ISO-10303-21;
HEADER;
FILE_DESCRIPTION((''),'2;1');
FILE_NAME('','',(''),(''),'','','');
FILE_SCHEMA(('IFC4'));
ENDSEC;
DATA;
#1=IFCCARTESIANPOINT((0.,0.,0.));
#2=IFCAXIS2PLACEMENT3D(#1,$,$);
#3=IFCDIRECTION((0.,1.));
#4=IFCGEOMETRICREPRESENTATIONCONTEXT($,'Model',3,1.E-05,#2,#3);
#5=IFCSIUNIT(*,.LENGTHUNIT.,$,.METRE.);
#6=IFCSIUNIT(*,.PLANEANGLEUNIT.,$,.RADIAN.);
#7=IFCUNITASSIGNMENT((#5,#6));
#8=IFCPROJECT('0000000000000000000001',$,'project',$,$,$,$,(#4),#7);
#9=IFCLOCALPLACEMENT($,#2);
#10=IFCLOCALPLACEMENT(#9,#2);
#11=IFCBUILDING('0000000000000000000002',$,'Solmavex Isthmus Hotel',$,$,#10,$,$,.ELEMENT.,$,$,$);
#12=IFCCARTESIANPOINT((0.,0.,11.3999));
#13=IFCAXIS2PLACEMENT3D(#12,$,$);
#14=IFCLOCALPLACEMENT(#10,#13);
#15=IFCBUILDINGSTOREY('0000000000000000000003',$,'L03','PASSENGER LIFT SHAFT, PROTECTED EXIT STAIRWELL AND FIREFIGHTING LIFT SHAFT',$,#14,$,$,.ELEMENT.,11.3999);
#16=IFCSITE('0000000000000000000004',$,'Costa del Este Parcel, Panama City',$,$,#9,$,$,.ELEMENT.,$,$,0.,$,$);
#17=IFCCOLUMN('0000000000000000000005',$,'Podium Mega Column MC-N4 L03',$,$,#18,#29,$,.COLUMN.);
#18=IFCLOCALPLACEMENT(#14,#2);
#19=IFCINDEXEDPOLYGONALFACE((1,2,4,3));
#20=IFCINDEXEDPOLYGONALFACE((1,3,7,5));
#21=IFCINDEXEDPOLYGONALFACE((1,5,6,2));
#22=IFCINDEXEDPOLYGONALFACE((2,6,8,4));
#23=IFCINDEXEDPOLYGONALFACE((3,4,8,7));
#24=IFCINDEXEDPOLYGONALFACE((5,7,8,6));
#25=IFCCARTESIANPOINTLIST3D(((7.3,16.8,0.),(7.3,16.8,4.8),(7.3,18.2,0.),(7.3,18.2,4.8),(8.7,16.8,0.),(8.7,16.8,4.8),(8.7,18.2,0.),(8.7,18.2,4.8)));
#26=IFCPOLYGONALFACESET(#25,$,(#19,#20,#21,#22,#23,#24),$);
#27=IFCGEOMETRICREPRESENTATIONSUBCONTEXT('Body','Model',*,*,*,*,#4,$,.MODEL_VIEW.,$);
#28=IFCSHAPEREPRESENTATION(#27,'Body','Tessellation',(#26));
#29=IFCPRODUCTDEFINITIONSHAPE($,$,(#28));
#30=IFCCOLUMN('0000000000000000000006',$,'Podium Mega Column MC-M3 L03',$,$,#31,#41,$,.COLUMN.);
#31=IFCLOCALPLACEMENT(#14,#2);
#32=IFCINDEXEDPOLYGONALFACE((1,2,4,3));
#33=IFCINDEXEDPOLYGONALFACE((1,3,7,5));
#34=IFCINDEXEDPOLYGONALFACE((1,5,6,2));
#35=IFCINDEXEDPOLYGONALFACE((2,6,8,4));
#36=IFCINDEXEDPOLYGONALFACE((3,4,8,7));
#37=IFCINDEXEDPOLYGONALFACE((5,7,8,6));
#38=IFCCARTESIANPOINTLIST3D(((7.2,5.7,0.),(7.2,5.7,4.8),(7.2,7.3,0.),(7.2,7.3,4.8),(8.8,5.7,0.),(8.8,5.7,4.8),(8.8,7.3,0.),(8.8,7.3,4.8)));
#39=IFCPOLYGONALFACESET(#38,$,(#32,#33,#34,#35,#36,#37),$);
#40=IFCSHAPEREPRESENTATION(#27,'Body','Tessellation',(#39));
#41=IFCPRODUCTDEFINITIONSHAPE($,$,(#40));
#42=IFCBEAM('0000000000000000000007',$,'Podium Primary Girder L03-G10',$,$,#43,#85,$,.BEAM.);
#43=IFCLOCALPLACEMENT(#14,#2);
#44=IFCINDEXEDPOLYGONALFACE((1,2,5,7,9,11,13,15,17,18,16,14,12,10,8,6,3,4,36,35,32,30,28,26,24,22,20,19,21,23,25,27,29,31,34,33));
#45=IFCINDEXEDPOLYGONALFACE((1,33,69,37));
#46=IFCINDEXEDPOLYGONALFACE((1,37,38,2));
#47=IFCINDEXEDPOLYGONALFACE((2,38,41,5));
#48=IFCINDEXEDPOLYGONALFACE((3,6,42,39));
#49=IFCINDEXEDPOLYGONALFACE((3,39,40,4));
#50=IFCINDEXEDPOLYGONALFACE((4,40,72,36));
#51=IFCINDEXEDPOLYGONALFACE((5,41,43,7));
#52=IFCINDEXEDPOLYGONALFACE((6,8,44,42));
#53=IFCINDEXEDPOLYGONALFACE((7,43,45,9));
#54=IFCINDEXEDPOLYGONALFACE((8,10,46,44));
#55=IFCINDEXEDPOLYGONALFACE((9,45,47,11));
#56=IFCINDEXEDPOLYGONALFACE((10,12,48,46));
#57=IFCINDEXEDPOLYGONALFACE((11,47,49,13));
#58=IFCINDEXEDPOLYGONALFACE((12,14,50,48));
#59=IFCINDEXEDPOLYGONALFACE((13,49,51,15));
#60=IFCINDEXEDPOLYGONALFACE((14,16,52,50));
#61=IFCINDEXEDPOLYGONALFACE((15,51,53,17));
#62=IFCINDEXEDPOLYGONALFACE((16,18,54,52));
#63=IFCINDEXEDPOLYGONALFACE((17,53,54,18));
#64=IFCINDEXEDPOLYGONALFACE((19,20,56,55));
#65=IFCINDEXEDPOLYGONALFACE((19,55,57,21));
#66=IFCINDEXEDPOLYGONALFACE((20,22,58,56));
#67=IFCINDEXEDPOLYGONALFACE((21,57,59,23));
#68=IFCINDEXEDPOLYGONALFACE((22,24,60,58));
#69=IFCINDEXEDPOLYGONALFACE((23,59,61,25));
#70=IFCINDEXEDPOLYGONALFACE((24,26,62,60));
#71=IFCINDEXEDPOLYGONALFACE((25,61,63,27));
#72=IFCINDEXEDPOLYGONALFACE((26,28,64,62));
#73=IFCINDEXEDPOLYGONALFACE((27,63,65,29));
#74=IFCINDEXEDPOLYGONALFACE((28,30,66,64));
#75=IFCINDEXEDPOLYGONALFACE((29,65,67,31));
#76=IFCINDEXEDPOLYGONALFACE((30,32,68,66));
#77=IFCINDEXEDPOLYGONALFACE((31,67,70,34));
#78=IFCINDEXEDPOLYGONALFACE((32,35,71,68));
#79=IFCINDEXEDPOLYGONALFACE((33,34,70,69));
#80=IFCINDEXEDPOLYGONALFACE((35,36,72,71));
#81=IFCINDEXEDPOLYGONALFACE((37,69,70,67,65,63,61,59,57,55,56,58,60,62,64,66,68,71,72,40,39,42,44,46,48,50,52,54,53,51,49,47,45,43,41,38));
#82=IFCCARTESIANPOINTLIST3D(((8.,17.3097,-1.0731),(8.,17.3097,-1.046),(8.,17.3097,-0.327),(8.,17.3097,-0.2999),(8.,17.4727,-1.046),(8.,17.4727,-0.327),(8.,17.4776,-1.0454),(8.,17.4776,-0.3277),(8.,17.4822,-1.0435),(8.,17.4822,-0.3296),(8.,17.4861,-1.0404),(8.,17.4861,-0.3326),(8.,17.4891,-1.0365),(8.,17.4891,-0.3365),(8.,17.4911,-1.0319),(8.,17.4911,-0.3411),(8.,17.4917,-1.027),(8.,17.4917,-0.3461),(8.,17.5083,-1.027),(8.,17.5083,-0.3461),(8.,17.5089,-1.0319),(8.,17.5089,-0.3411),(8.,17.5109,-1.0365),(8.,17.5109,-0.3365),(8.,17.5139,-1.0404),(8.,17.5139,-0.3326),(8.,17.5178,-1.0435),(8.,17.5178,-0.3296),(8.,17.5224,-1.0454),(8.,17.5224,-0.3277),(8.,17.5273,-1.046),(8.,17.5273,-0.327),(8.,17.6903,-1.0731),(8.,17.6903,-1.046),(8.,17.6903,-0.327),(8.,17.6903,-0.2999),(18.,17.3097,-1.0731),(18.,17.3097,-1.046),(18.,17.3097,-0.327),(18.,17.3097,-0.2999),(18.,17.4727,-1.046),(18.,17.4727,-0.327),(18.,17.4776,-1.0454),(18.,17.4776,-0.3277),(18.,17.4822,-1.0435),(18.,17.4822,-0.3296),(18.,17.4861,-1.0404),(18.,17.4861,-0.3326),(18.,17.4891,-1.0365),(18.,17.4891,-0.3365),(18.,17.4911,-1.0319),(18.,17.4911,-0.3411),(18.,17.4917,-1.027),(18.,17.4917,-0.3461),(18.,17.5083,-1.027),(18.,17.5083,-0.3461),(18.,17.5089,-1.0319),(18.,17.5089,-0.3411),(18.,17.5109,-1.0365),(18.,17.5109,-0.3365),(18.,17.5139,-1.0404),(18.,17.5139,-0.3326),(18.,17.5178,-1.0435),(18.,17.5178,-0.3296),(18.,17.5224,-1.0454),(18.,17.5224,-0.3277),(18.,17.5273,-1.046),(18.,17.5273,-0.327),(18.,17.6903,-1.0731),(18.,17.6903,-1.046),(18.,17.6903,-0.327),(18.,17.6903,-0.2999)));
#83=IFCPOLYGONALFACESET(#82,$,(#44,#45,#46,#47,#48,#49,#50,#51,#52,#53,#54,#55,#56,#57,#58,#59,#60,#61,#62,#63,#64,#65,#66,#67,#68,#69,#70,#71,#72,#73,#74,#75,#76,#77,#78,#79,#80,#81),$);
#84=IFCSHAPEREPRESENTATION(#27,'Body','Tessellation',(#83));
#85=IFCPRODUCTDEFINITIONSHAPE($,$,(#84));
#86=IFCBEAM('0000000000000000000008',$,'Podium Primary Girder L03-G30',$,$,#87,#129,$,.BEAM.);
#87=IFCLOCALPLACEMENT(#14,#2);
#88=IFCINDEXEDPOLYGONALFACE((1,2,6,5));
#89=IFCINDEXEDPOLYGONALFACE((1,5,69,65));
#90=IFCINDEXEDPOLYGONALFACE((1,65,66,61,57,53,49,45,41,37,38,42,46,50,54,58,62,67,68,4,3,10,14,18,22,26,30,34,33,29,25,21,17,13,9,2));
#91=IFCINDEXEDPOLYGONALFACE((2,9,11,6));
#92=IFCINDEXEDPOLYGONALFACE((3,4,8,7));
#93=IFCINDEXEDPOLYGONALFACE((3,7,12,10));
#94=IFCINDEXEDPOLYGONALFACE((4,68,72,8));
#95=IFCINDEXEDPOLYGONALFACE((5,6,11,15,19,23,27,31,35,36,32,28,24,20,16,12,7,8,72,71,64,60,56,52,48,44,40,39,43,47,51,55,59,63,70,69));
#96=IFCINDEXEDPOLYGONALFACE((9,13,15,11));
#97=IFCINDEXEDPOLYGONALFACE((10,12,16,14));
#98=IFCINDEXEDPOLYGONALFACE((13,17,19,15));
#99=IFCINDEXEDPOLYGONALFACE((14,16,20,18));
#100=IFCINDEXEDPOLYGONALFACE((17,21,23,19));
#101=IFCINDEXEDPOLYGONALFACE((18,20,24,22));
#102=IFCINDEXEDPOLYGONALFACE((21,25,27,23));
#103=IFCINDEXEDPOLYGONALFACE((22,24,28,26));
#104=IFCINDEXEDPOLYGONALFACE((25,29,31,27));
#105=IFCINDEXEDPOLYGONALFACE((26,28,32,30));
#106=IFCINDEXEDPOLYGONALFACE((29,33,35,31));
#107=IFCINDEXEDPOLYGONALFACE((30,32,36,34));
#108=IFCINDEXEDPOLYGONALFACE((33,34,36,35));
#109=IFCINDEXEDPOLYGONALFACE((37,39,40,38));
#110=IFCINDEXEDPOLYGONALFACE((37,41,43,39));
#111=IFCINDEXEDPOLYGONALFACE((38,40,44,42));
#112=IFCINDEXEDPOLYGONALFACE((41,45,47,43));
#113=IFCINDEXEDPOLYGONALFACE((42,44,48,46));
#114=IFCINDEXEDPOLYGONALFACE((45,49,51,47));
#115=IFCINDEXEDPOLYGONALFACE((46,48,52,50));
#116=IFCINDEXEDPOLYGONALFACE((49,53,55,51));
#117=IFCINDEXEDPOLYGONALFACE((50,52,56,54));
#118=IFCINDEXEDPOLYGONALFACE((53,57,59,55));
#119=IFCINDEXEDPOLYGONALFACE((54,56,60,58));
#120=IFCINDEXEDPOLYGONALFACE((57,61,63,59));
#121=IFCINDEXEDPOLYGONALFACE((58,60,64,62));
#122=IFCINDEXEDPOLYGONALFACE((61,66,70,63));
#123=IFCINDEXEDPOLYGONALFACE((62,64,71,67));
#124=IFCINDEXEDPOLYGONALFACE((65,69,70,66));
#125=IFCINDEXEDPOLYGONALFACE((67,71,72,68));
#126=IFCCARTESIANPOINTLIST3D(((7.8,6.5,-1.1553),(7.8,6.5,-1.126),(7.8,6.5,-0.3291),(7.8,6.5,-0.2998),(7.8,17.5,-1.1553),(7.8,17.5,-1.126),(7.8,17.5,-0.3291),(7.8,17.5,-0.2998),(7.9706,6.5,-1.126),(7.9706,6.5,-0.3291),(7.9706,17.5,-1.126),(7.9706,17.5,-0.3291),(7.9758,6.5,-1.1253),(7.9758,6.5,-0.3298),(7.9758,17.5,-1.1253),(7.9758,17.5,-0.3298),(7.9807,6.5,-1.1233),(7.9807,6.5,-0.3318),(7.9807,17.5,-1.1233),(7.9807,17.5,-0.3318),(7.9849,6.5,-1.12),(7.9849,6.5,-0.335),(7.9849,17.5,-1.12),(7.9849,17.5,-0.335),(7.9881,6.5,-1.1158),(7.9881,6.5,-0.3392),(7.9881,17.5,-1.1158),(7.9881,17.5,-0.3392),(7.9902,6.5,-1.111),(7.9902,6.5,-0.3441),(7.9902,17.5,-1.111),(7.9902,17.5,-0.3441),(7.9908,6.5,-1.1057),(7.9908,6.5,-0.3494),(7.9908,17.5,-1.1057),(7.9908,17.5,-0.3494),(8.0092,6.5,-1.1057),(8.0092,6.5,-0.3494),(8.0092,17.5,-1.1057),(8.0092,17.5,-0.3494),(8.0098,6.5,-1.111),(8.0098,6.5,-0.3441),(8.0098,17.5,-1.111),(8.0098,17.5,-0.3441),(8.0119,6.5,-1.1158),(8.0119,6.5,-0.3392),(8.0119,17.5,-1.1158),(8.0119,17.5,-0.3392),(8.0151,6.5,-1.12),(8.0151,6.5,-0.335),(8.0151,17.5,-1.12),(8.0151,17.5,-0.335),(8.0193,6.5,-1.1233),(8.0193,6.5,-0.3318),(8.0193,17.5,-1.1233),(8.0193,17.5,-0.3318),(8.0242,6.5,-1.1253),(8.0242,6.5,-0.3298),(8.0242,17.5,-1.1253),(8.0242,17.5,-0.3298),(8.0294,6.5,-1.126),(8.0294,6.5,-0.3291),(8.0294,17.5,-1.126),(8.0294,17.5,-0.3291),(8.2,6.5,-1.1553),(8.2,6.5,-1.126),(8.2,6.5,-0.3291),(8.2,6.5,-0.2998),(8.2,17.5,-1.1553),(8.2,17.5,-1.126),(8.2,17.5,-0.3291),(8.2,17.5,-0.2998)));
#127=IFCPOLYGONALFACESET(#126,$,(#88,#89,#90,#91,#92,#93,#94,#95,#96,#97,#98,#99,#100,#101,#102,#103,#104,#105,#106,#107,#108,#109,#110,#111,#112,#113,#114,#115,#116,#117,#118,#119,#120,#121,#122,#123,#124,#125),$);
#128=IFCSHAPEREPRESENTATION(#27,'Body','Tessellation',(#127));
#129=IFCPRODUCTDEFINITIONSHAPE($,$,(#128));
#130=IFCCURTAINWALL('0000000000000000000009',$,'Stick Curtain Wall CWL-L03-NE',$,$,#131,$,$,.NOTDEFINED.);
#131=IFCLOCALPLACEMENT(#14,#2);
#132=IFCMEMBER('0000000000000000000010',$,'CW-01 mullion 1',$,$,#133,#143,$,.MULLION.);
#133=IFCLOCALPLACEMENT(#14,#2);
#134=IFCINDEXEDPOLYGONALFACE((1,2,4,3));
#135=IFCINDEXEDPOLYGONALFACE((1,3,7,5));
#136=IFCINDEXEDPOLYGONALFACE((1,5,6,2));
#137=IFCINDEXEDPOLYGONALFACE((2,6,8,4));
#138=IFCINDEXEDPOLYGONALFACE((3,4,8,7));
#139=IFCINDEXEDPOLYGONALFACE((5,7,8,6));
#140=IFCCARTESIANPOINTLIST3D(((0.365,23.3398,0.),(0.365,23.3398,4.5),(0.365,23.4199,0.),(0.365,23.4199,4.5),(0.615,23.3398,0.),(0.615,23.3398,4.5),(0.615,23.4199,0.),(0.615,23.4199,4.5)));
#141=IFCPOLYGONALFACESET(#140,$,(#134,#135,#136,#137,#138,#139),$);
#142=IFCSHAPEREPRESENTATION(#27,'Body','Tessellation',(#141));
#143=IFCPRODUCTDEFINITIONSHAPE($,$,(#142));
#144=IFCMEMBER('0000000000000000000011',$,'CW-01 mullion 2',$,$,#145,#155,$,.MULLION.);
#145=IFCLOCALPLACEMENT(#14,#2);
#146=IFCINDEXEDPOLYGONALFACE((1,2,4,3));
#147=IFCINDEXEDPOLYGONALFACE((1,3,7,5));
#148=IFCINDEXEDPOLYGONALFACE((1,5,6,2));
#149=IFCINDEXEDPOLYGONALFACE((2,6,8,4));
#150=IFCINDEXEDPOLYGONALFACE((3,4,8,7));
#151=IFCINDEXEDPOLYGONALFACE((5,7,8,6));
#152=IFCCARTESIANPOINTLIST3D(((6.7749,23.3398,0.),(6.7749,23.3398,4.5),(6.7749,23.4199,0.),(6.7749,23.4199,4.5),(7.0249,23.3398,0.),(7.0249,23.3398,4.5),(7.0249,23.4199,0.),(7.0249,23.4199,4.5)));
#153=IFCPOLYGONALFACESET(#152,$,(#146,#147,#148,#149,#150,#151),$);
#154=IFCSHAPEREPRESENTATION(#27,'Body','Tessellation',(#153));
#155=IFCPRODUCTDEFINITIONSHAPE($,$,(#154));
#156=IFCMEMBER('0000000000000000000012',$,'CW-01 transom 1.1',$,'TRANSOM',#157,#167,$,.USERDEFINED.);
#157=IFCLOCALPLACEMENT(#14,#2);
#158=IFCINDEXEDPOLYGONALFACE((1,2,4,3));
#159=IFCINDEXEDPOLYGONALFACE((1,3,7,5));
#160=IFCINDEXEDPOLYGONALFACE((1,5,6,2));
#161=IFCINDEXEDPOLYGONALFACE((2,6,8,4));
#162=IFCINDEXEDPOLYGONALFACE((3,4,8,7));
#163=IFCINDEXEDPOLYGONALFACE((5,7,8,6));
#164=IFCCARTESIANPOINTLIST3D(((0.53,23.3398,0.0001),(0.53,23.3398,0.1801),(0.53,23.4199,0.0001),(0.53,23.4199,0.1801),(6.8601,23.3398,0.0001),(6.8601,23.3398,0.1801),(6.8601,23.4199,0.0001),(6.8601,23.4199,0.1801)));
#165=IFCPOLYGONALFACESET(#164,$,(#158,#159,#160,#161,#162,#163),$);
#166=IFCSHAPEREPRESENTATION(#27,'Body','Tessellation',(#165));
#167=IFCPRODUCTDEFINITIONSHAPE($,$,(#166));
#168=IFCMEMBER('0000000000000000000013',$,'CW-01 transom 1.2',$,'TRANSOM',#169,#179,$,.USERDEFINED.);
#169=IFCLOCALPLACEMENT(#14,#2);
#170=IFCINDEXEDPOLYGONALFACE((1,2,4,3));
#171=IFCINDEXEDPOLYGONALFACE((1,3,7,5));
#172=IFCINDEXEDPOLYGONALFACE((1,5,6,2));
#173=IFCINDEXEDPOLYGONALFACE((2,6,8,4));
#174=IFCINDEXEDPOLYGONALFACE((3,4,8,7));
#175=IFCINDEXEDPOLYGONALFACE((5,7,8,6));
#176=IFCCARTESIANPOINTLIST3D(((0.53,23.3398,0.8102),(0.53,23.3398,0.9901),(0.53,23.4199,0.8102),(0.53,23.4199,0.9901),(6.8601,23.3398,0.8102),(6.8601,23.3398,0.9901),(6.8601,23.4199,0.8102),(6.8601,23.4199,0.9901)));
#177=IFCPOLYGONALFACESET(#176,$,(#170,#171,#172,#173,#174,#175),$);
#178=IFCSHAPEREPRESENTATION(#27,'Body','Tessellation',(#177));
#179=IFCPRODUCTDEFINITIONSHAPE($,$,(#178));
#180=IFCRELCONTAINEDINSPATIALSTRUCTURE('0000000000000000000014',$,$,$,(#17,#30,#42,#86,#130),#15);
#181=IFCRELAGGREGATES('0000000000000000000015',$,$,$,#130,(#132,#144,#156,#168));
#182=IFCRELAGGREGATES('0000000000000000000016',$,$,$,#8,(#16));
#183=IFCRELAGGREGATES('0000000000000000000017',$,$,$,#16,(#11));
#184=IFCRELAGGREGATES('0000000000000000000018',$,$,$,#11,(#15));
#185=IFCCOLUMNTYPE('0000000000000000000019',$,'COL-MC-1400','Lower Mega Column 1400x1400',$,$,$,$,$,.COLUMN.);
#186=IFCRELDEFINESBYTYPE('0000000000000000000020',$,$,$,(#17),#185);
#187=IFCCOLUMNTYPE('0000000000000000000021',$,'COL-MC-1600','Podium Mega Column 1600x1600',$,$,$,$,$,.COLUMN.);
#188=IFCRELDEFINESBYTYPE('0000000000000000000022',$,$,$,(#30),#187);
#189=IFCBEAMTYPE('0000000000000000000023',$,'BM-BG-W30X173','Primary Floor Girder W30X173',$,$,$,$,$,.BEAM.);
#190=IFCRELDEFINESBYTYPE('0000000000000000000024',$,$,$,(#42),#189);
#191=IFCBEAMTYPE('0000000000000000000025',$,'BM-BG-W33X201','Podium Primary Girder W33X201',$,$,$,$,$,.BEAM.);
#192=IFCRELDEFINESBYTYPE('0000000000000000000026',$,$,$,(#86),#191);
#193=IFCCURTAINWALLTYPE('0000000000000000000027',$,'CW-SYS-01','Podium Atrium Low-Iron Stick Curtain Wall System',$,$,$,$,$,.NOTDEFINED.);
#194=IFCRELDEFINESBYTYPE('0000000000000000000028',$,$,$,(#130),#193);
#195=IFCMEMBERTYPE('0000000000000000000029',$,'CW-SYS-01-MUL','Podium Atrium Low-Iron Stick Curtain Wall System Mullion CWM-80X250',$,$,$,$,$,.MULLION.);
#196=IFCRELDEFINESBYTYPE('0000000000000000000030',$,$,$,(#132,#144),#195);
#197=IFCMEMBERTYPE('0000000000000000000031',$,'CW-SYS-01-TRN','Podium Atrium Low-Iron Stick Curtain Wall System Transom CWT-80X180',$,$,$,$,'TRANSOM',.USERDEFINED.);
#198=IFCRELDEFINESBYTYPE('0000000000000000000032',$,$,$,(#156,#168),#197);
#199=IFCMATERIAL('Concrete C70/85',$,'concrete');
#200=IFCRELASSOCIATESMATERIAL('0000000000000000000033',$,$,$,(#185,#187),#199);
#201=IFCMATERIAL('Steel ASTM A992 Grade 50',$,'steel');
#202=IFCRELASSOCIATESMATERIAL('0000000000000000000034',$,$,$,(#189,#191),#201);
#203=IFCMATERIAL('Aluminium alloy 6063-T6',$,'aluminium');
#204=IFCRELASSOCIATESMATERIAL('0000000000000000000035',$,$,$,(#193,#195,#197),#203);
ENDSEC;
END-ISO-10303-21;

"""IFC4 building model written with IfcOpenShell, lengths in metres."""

from ifc_helpers import new_model, si_unit, direction, frame, origin, origin_2d, place, context, subcontext, project, spatial, rectangle, i_section, extrude, material, material_profile, profile_set, type_object, element, aggregate, save


model = new_model("IFC4")

# Units and contexts
model_context = context("Model", 3, precision=1e-05, world=origin(), true_north=direction((0.0, 1.0)))
body_context = subcontext(model_context, "Body", "Model", "MODEL_VIEW")
ifc_project = project(units=[si_unit("LENGTHUNIT", "METRE"), si_unit("PLANEANGLEUNIT", "RADIAN")], contexts=[model_context])

# Site, building, storey
site_placement = place(None, origin())
site = spatial("IfcSite", under=ifc_project, at=site_placement, Name="Costa del Este Parcel, Panama City", CompositionType="ELEMENT", RefElevation=0.0)
building_placement = place(site_placement, origin())
building = spatial("IfcBuilding", under=site, at=building_placement, Name="Solmavex Isthmus Hotel", CompositionType="ELEMENT")
storey_placement = place(building_placement, frame((0.0, 0.0, 11.3999)))
storey = spatial("IfcBuildingStorey", under=building, at=storey_placement, Name="L03", Description="PASSENGER LIFT SHAFT, PROTECTED EXIT STAIRWELL AND FIREFIGHTING LIFT SHAFT", CompositionType="ELEMENT", Elevation=11.3999)

# Columns
ifc_material_1 = material(Name="Concrete C70/85", Category="concrete")
ifc_material_profile_1 = material_profile(ifc_material_1, rectangle(XDim=1.3999, YDim=1.3999, at=origin_2d()), Name="RC1400X1400")
ifc_profile_set_1 = profile_set([ifc_material_profile_1], Name="Concrete C70/85")
column_type_1 = type_object("IfcColumnType", Name="COL-MC-1400", Description="Lower Mega Column 1400x1400", PredefinedType="COLUMN", material=ifc_profile_set_1)
column_1_placement = place(storey_placement, frame((8.0, 17.5, 0.0), z_axis=(0.0, 0.0, 1.0), x_axis=(1.0, 0.0, 0.0)))
element("IfcColumn", 1, at=column_1_placement, inside=storey, type_object=column_type_1, Name="Podium Mega Column MC-N4 L03", PredefinedType="COLUMN", context=body_context, shape_type="SweptSolid", body=[
    extrude(rectangle(XDim=1.3999, YDim=1.3999, at=origin_2d()), origin(), (0.0, 0.0, 1.0), 4.8),
])
ifc_material_profile_2 = material_profile(ifc_material_1, rectangle(XDim=1.6001, YDim=1.6001, at=origin_2d()), Name="RC1600X1600")
ifc_profile_set_2 = profile_set([ifc_material_profile_2], Name="Concrete C70/85")
column_type_2 = type_object("IfcColumnType", Name="COL-MC-1600", Description="Podium Mega Column 1600x1600", PredefinedType="COLUMN", material=ifc_profile_set_2)
column_2_placement = place(storey_placement, frame((8.0, 6.5, 0.0), z_axis=(0.0, 0.0, 1.0), x_axis=(1.0, 0.0, 0.0)))
element("IfcColumn", 2, at=column_2_placement, inside=storey, type_object=column_type_2, Name="Podium Mega Column MC-M3 L03", PredefinedType="COLUMN", context=body_context, shape_type="SweptSolid", body=[
    extrude(rectangle(XDim=1.6001, YDim=1.6001, at=origin_2d()), origin(), (0.0, 0.0, 1.0), 4.8),
])

# Beams
ifc_material_2 = material(Name="Steel ASTM A992 Grade 50", Category="steel")
ifc_material_profile_3 = material_profile(ifc_material_2, i_section(OverallWidth=0.3806, OverallDepth=0.7732, WebThickness=0.0166, FlangeThickness=0.0271, FilletRadius=0.019, at=origin_2d()), Name="W30X173")
ifc_profile_set_3 = profile_set([ifc_material_profile_3], Name="Steel ASTM A992 Grade 50")
beam_type_1 = type_object("IfcBeamType", Name="BM-BG-W30X173", Description="Primary Floor Girder W30X173", PredefinedType="BEAM", material=ifc_profile_set_3)
beam_1_placement = place(storey_placement, frame((8.0, 17.5, -0.6865), z_axis=(1.0, 0.0, 0.0), x_axis=(0.0, 1.0, 0.0)))
element("IfcBeam", 3, at=beam_1_placement, inside=storey, type_object=beam_type_1, Name="Podium Primary Girder L03-G10", PredefinedType="BEAM", context=body_context, shape_type="SweptSolid", body=[
    extrude(i_section(OverallWidth=0.3806, OverallDepth=0.7732, WebThickness=0.0166, FlangeThickness=0.0271, FilletRadius=0.019, at=origin_2d()), origin(), (0.0, 0.0, 1.0), 10.0),
])
ifc_material_profile_4 = material_profile(ifc_material_2, i_section(OverallWidth=0.3999, OverallDepth=0.8555, WebThickness=0.0183, FlangeThickness=0.0293, FilletRadius=0.0203, at=origin_2d()), Name="W33X201")
ifc_profile_set_4 = profile_set([ifc_material_profile_4], Name="Steel ASTM A992 Grade 50")
beam_type_2 = type_object("IfcBeamType", Name="BM-BG-W33X201", Description="Podium Primary Girder W33X201", PredefinedType="BEAM", material=ifc_profile_set_4)
beam_2_placement = place(storey_placement, frame((8.0, 6.5, -0.7275), z_axis=(0.0, 1.0, 0.0), x_axis=(-1.0, 0.0, 0.0)))
element("IfcBeam", 4, at=beam_2_placement, inside=storey, type_object=beam_type_2, Name="Podium Primary Girder L03-G30", PredefinedType="BEAM", context=body_context, shape_type="SweptSolid", body=[
    extrude(i_section(OverallWidth=0.3999, OverallDepth=0.8555, WebThickness=0.0183, FlangeThickness=0.0293, FilletRadius=0.0203, at=origin_2d()), origin(), (0.0, 0.0, 1.0), 11.0),
])

# Curtain wall, members
ifc_material_3 = material(Name="Aluminium alloy 6063-T6", Category="aluminium")
curtain_wall_type = type_object("IfcCurtainWallType", Name="CW-SYS-01", Description="Podium Atrium Low-Iron Stick Curtain Wall System", PredefinedType="NOTDEFINED", material=ifc_material_3)
curtain_wall_placement = place(storey_placement, origin())
curtain_wall = element("IfcCurtainWall", 5, at=curtain_wall_placement, inside=storey, type_object=curtain_wall_type, Name="Stick Curtain Wall CWL-L03-NE", PredefinedType="NOTDEFINED")
ifc_material_profile_5 = material_profile(ifc_material_3, rectangle(XDim=0.0801, YDim=0.25, at=origin_2d()), Name="CWM-80X250")
ifc_profile_set_5 = profile_set([ifc_material_profile_5], Name="Aluminium alloy 6063-T6")
member_type_1 = type_object("IfcMemberType", Name="CW-SYS-01-MUL", Description="Podium Atrium Low-Iron Stick Curtain Wall System Mullion CWM-80X250", PredefinedType="MULLION", material=ifc_profile_set_5)
member_1_placement = place(storey_placement, frame((0.49, 23.3799, 0.0), z_axis=(0.0, 0.0, 1.0), x_axis=(0.0, 1.0, 0.0)))
member_1 = element("IfcMember", 6, at=member_1_placement, type_object=member_type_1, Name="CW-01 mullion 1", PredefinedType="MULLION", context=body_context, shape_type="SweptSolid", body=[
    extrude(rectangle(XDim=0.0801, YDim=0.25, at=origin_2d()), origin(), (0.0, 0.0, 1.0), 4.5),
])
member_2_placement = place(storey_placement, frame((6.8999, 23.3799, 0.0), z_axis=(0.0, 0.0, 1.0), x_axis=(0.0, 1.0, 0.0)))
member_2 = element("IfcMember", 7, at=member_2_placement, type_object=member_type_1, Name="CW-01 mullion 2", PredefinedType="MULLION", context=body_context, shape_type="SweptSolid", body=[
    extrude(rectangle(XDim=0.0801, YDim=0.25, at=origin_2d()), origin(), (0.0, 0.0, 1.0), 4.5),
])
ifc_material_profile_6 = material_profile(ifc_material_3, rectangle(XDim=0.0801, YDim=0.1799, at=origin_2d()), Name="CWT-80X180")
ifc_profile_set_6 = profile_set([ifc_material_profile_6], Name="Aluminium alloy 6063-T6")
member_type_2 = type_object("IfcMemberType", Name="CW-SYS-01-TRN", Description="Podium Atrium Low-Iron Stick Curtain Wall System Transom CWT-80X180", ElementType="TRANSOM", PredefinedType="USERDEFINED", material=ifc_profile_set_6)
member_3_placement = place(storey_placement, frame((0.53, 23.3799, 0.0901), z_axis=(1.0, 0.0, 0.0), x_axis=(0.0, 1.0, 0.0)))
member_3 = element("IfcMember", 8, at=member_3_placement, type_object=member_type_2, Name="CW-01 transom 1.1", ObjectType="TRANSOM", PredefinedType="USERDEFINED", context=body_context, shape_type="SweptSolid", body=[
    extrude(rectangle(XDim=0.0801, YDim=0.1799, at=origin_2d()), origin(), (0.0, 0.0, 1.0), 6.3301),
])
member_4_placement = place(storey_placement, frame((0.53, 23.3799, 0.9001), z_axis=(1.0, 0.0, 0.0), x_axis=(0.0, 1.0, 0.0)))
member_4 = element("IfcMember", 9, at=member_4_placement, type_object=member_type_2, Name="CW-01 transom 1.2", ObjectType="TRANSOM", PredefinedType="USERDEFINED", context=body_context, shape_type="SweptSolid", body=[
    extrude(rectangle(XDim=0.0801, YDim=0.1799, at=origin_2d()), origin(), (0.0, 0.0, 1.0), 6.3301),
])
aggregate(curtain_wall, [member_1, member_2, member_3, member_4])

save(model, "model.ifc")
